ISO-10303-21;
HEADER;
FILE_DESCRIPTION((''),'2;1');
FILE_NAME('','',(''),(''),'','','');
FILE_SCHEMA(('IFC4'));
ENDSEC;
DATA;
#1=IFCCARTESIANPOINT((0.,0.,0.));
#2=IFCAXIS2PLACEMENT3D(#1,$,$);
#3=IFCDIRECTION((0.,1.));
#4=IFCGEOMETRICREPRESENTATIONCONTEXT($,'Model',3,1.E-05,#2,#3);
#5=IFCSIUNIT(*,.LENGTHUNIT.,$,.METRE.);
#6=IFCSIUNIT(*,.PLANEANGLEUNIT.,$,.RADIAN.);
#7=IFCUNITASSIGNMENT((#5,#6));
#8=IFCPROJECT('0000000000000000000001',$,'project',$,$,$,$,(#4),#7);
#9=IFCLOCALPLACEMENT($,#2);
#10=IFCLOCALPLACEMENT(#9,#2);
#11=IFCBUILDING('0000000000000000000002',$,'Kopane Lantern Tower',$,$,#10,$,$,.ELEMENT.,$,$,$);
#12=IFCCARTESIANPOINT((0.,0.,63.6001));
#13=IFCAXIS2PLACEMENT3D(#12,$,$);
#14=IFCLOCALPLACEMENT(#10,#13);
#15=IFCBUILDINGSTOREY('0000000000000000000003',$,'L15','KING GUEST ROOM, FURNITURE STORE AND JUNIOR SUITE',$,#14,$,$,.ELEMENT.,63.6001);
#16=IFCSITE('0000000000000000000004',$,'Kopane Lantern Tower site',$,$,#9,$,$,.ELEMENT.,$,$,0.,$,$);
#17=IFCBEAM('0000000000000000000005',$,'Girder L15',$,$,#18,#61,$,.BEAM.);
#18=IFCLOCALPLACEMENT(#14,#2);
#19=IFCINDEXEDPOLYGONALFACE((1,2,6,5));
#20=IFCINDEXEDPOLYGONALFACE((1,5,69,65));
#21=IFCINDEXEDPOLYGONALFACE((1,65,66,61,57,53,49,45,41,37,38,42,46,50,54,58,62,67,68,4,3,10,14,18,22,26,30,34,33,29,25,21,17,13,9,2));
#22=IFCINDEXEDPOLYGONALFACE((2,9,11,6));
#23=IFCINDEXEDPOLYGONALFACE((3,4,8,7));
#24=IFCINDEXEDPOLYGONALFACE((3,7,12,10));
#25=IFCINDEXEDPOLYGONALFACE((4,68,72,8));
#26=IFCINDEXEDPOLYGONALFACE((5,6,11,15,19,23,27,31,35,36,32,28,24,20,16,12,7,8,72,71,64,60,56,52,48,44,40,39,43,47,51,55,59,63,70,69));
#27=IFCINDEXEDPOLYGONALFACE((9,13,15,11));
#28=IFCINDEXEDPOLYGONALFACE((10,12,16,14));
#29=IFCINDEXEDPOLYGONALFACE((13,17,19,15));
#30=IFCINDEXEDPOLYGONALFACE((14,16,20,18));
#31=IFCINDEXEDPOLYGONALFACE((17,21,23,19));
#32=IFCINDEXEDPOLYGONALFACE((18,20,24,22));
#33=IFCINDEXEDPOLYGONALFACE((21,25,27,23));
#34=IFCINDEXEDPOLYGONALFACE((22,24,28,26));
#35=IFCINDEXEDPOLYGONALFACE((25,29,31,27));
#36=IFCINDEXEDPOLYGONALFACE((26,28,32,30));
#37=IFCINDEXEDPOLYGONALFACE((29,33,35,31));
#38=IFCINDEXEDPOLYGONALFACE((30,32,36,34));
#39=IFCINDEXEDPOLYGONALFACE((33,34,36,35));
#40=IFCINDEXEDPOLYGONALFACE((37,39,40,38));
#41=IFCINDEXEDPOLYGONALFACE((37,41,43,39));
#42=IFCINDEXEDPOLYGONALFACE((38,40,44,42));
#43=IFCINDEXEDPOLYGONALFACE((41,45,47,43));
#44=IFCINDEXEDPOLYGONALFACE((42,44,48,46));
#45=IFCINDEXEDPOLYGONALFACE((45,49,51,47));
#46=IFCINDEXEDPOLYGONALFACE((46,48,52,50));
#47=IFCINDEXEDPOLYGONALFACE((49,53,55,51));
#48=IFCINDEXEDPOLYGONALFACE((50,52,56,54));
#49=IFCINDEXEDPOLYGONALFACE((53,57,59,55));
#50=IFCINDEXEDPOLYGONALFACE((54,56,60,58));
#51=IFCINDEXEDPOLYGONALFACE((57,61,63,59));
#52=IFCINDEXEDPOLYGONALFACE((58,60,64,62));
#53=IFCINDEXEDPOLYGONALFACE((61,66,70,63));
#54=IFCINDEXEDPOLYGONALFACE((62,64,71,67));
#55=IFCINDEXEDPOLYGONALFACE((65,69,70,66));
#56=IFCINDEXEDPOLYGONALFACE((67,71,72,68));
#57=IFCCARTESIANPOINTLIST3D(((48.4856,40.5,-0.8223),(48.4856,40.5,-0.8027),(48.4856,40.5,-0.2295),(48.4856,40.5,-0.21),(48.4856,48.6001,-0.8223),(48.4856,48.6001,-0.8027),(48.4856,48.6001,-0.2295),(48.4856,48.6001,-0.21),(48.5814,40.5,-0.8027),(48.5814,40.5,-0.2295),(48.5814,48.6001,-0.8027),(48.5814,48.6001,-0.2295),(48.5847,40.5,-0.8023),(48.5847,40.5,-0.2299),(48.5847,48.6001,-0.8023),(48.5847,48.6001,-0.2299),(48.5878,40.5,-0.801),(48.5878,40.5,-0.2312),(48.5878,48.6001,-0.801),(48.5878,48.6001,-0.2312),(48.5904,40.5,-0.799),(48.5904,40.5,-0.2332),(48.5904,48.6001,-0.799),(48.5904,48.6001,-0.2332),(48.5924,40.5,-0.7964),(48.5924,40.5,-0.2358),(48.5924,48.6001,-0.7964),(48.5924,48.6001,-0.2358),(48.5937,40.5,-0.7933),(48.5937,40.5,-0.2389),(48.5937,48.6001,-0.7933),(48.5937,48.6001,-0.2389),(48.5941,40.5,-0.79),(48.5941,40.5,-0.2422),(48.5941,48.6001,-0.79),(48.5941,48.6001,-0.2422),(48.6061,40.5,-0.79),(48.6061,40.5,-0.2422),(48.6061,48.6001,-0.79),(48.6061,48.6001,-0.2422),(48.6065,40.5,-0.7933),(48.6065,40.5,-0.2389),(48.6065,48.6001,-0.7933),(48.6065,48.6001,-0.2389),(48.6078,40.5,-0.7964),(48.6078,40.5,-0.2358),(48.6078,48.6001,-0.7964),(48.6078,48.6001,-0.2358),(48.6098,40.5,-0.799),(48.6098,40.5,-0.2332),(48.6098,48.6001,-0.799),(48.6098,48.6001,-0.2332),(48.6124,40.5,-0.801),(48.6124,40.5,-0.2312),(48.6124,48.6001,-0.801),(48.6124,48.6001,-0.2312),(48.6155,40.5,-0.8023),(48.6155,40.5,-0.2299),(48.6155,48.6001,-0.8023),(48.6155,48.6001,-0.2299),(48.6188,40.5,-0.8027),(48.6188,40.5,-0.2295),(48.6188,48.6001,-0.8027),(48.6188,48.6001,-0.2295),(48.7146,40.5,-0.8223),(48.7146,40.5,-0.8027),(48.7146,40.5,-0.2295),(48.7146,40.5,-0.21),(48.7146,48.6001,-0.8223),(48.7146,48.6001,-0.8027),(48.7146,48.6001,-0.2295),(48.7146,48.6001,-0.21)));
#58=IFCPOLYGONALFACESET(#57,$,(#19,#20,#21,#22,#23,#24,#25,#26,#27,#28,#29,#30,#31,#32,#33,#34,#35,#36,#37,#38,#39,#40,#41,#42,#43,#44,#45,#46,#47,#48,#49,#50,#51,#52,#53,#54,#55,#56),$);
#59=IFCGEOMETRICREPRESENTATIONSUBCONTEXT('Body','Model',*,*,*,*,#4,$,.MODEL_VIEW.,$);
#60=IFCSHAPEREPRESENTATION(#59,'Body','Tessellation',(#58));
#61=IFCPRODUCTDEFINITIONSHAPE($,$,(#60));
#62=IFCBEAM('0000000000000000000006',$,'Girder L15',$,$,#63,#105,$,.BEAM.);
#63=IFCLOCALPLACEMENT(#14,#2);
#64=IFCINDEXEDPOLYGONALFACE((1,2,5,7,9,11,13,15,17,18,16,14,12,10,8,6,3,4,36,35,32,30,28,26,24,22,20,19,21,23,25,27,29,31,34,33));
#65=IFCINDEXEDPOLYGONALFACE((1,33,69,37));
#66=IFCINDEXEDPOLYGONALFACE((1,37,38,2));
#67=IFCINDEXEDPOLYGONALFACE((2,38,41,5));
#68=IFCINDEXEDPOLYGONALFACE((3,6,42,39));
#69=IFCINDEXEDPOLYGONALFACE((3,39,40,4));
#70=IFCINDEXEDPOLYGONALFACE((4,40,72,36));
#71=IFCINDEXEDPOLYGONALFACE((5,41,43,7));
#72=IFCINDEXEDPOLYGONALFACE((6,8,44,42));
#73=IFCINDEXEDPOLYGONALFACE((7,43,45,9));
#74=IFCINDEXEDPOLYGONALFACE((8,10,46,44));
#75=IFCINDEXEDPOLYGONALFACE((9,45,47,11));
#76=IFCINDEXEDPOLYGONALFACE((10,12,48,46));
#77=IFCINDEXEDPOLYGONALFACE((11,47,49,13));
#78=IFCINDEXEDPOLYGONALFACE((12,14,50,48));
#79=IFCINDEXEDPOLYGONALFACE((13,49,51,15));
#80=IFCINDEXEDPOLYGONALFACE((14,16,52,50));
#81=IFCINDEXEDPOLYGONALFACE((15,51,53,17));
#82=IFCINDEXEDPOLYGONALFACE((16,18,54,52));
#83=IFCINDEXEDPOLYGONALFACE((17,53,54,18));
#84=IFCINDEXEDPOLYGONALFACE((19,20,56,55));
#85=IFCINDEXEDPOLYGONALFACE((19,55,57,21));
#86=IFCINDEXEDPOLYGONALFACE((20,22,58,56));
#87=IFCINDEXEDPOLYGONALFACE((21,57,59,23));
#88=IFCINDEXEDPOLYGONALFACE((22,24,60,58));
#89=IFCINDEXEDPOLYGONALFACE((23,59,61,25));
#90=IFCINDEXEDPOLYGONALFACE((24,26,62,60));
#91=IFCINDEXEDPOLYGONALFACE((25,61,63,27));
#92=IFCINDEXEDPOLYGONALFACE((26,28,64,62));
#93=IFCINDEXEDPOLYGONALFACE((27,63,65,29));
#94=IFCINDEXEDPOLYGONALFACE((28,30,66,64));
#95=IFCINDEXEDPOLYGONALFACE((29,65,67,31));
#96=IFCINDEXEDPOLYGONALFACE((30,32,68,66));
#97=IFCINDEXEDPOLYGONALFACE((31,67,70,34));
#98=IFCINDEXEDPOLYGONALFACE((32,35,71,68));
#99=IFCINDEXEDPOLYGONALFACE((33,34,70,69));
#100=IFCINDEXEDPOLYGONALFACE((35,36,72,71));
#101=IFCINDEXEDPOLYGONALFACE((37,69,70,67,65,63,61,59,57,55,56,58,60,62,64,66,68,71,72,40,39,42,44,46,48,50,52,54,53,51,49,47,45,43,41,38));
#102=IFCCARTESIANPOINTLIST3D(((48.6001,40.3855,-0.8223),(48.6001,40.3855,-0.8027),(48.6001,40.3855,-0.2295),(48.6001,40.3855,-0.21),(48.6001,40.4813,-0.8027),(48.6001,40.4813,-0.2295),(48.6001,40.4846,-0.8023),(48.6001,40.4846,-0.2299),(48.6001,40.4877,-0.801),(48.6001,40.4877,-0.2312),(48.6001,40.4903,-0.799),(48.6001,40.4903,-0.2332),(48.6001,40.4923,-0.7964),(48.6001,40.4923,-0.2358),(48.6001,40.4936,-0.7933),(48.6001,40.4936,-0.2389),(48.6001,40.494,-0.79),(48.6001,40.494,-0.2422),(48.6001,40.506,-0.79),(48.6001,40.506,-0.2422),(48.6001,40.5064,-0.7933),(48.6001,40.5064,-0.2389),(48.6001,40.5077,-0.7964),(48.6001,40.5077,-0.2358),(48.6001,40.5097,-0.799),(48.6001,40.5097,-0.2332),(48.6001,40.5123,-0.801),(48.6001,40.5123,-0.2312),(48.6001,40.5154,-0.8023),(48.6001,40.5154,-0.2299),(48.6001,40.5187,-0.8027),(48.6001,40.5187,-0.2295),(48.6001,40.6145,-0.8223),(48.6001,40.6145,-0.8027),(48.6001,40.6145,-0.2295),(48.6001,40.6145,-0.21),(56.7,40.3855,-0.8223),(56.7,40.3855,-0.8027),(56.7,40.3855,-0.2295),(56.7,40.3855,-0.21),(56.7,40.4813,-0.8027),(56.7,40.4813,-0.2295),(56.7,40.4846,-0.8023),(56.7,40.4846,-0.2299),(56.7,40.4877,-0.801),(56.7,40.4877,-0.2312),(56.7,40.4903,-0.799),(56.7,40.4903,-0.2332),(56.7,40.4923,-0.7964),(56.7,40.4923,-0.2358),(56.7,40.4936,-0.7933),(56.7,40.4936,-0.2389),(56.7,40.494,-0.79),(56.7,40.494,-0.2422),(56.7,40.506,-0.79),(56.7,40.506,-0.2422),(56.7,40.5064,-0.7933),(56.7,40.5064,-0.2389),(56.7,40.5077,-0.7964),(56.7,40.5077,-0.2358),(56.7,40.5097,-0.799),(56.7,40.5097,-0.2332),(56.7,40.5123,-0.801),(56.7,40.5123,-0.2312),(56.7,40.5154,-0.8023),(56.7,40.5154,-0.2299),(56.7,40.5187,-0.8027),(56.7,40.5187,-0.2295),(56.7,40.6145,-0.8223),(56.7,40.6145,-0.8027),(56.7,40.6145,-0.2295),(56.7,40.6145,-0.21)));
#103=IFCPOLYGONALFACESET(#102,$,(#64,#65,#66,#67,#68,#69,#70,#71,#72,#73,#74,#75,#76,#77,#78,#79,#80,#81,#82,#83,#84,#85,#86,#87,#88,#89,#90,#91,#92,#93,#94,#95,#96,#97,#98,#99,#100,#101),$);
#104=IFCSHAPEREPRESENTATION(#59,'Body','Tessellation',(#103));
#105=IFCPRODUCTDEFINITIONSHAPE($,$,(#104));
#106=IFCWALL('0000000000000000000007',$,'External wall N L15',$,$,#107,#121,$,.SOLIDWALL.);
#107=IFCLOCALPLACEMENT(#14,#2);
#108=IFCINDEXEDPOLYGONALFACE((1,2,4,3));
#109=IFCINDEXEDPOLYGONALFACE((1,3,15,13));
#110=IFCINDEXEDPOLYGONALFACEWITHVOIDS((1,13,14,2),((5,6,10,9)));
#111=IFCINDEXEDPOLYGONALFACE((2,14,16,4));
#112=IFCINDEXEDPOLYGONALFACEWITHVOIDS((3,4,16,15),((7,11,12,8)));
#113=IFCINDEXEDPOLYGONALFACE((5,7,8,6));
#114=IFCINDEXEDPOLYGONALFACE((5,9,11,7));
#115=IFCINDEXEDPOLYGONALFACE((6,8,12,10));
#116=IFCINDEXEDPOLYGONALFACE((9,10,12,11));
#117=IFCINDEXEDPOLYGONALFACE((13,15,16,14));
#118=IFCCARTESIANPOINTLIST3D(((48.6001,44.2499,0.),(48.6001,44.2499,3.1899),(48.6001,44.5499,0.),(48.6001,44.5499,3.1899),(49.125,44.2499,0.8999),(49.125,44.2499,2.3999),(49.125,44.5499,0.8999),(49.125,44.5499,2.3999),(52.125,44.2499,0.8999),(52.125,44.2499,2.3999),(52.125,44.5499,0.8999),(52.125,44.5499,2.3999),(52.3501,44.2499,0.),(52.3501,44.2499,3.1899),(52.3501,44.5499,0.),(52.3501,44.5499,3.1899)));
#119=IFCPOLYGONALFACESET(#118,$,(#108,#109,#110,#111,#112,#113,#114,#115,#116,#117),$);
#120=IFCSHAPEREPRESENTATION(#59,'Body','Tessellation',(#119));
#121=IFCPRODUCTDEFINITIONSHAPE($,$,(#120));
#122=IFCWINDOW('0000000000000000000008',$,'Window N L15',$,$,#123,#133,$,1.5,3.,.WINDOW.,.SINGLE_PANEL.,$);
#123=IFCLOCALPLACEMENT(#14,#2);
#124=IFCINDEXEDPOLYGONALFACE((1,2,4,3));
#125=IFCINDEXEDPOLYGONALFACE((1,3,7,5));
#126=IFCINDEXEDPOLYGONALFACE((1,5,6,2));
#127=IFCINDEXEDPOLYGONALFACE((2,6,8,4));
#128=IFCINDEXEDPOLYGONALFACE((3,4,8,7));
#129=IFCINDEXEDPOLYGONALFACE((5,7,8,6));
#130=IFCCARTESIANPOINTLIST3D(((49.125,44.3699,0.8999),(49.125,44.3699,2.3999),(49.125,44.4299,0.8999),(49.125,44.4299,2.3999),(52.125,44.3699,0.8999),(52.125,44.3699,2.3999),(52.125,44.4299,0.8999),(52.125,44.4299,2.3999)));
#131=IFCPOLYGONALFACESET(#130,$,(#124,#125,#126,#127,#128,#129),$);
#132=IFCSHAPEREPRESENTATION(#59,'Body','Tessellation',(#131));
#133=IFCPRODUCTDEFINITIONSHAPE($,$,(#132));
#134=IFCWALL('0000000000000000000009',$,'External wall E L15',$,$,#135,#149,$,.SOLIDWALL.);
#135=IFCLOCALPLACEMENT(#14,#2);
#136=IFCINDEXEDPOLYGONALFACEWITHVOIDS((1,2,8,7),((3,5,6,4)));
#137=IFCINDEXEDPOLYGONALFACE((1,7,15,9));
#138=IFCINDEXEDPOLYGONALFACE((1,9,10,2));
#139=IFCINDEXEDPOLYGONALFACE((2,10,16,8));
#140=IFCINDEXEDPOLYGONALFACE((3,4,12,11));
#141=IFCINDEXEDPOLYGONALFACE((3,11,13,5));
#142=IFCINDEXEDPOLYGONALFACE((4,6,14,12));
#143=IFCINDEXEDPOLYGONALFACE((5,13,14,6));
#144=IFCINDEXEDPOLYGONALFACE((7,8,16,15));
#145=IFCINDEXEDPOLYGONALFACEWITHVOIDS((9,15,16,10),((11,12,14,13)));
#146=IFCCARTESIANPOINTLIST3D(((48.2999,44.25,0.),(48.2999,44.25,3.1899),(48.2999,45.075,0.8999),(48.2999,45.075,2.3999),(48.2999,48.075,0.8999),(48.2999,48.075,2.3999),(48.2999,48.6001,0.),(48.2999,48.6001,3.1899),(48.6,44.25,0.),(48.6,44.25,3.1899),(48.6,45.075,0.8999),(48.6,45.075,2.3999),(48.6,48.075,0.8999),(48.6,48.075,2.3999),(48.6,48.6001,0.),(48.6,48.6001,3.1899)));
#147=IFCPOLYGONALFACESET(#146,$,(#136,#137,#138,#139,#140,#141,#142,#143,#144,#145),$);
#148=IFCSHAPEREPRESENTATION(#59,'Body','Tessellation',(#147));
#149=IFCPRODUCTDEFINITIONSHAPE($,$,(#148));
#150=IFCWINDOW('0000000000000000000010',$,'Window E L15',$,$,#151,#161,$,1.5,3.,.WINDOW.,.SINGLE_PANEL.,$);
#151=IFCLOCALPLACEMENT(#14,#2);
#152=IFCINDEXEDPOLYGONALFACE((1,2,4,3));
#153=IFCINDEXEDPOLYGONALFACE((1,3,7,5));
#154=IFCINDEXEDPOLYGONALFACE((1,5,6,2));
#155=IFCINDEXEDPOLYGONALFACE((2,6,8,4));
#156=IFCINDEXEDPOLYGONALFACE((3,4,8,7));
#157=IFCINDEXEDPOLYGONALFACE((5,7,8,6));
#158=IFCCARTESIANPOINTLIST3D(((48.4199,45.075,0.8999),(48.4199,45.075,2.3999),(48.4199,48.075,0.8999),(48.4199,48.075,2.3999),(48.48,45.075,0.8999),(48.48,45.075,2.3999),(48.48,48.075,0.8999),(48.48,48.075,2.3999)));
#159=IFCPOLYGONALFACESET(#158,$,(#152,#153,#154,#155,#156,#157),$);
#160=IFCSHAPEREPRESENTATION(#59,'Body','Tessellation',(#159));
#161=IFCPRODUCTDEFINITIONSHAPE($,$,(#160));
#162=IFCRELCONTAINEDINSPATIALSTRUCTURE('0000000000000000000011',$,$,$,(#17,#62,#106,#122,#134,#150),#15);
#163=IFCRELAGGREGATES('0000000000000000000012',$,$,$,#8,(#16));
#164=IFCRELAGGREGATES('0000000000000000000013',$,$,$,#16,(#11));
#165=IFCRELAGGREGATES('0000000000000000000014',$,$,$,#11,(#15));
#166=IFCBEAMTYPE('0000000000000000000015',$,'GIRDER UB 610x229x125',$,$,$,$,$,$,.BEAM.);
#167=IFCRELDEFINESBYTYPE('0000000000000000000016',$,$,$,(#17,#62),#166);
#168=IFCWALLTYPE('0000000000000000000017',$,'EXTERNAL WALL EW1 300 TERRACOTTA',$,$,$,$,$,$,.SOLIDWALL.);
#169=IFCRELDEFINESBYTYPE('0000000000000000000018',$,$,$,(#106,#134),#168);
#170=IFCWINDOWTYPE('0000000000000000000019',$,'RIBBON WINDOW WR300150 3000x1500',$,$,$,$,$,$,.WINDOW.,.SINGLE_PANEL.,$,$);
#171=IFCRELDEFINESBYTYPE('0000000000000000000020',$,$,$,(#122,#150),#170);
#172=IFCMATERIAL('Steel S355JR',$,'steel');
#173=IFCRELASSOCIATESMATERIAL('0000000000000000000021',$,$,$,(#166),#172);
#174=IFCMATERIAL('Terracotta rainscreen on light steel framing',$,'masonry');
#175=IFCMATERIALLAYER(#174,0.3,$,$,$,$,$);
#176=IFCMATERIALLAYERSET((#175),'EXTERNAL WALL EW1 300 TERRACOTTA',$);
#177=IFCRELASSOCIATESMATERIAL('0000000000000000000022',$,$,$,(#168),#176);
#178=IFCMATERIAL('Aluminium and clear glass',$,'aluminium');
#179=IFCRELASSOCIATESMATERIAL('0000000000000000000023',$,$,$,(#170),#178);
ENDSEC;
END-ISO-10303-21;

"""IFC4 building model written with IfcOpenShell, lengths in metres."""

from ifc_helpers import new_model, si_unit, direction, frame, frame_2d, origin, origin_2d, place, context, subcontext, project, spatial, rectangle, i_section, extrude, material, layer, layer_set, material_profile, profile_set, type_object, element, fill, save


model = new_model("IFC4")

# Units and contexts
model_context = context("Model", 3, precision=1e-05, world=origin(), true_north=direction((0.0, 1.0)))
body_context = subcontext(model_context, "Body", "Model", "MODEL_VIEW")
ifc_project = project(units=[si_unit("LENGTHUNIT", "METRE"), si_unit("PLANEANGLEUNIT", "RADIAN")], contexts=[model_context])

# Site, building, storey
site_placement = place(None, origin())
site = spatial("IfcSite", under=ifc_project, at=site_placement, Name="Kopane Lantern Tower site", CompositionType="ELEMENT", RefElevation=0.0)
building_placement = place(site_placement, origin())
building = spatial("IfcBuilding", under=site, at=building_placement, Name="Kopane Lantern Tower", CompositionType="ELEMENT")
storey_placement = place(building_placement, frame((0.0, 0.0, 63.6001)))
storey = spatial("IfcBuildingStorey", under=building, at=storey_placement, Name="L15", Description="KING GUEST ROOM, FURNITURE STORE AND JUNIOR SUITE", CompositionType="ELEMENT", Elevation=63.6001)

# Beams
ifc_material_1 = material(Name="Steel S355JR", Category="steel")
ifc_material_profile_1 = material_profile(ifc_material_1, i_section(OverallWidth=0.229, OverallDepth=0.6123, WebThickness=0.012, FlangeThickness=0.0195, FilletRadius=0.0127, at=origin_2d()), Name="UB 610x229x125")
ifc_profile_set_1 = profile_set([ifc_material_profile_1], Name="Steel S355JR")
beam_type_1 = type_object("IfcBeamType", Name="GIRDER UB 610x229x125", PredefinedType="BEAM", material=ifc_profile_set_1)
beam_1_placement = place(storey_placement, frame((48.6001, 40.5, -0.5161), z_axis=(0.0, 1.0, 0.0), x_axis=(-1.0, 0.0, 0.0)))
element("IfcBeam", 1, at=beam_1_placement, inside=storey, type_object=beam_type_1, Name="Girder L15", PredefinedType="BEAM", context=body_context, shape_type="SweptSolid", body=[
    extrude(i_section(OverallWidth=0.229, OverallDepth=0.6123, WebThickness=0.012, FlangeThickness=0.0195, FilletRadius=0.0127, at=origin_2d()), origin(), (0.0, 0.0, 1.0), 8.1001),
])
beam_2_placement = place(storey_placement, frame((48.6001, 40.5, -0.5161), z_axis=(1.0, 0.0, 0.0), x_axis=(0.0, 1.0, 0.0)))
element("IfcBeam", 2, at=beam_2_placement, inside=storey, type_object=beam_type_1, Name="Girder L15", PredefinedType="BEAM", context=body_context, shape_type="SweptSolid", body=[
    extrude(i_section(OverallWidth=0.229, OverallDepth=0.6123, WebThickness=0.012, FlangeThickness=0.0195, FilletRadius=0.0127, at=origin_2d()), origin(), (0.0, 0.0, 1.0), 8.0999),
])

# Walls, openings, windows
ifc_material_2 = material(Name="Terracotta rainscreen on light steel framing", Category="masonry")
ifc_layer = layer(ifc_material_2, 0.3)
ifc_layer_set = layer_set([ifc_layer], Name="EXTERNAL WALL EW1 300 TERRACOTTA")
wall_type = type_object("IfcWallType", Name="EXTERNAL WALL EW1 300 TERRACOTTA", PredefinedType="SOLIDWALL", material=ifc_layer_set)
wall_1_placement = place(storey_placement, frame((52.3501, 44.3999, 0.0), z_axis=(0.0, 0.0, 1.0), x_axis=(-1.0, 0.0, 0.0)))
wall_1 = element("IfcWall", 3, at=wall_1_placement, inside=storey, type_object=wall_type, Name="External wall N L15", PredefinedType="SOLIDWALL", context=body_context, shape_type="SweptSolid", body=[
    extrude(rectangle(XDim=3.75, YDim=0.3, at=frame_2d((1.875, 0.0))), origin(), (0.0, 0.0, 1.0), 3.1899),
])
opening_1_placement = place(wall_1_placement, frame((0.2251, 0.0, 0.8999)))
opening_1 = element("IfcOpeningElement", 4, at=opening_1_placement, cuts=wall_1, PredefinedType="OPENING", context=body_context, shape_type="SweptSolid", body=[
    extrude(rectangle(XDim=3.0, YDim=1.5, at=frame_2d((1.5, 0.75))), frame((0.0, 0.1599, 0.0), z_axis=(0.0, -1.0, 0.0), x_axis=(1.0, 0.0, 0.0)), (0.0, 0.0, 1.0), 0.3201),
])
ifc_material_3 = material(Name="Aluminium and clear glass", Category="aluminium")
window_type_1 = type_object("IfcWindowType", Name="RIBBON WINDOW WR300150 3000x1500", PartitioningType="SINGLE_PANEL", PredefinedType="WINDOW", material=ifc_material_3)
window_1_placement = place(opening_1_placement, origin())
window_1 = element("IfcWindow", 5, at=window_1_placement, inside=storey, type_object=window_type_1, Name="Window N L15", OverallHeight=1.5, OverallWidth=3.0, PartitioningType="SINGLE_PANEL", PredefinedType="WINDOW", context=body_context, shape_type="SweptSolid", body=[
    extrude(rectangle(XDim=3.0, YDim=1.5, at=frame_2d((1.5, 0.75))), frame((0.0, 0.03, 0.0), z_axis=(0.0, -1.0, 0.0), x_axis=(1.0, 0.0, 0.0)), (0.0, 0.0, 1.0), 0.0601),
])
fill(opening_1, window_1)
wall_2_placement = place(storey_placement, frame((48.45, 44.25, 0.0), z_axis=(0.0, 0.0, 1.0), x_axis=(0.0, 1.0, 0.0)))
wall_2 = element("IfcWall", 6, at=wall_2_placement, inside=storey, type_object=wall_type, Name="External wall E L15", PredefinedType="SOLIDWALL", context=body_context, shape_type="SweptSolid", body=[
    extrude(rectangle(XDim=4.3501, YDim=0.3, at=frame_2d((2.175, 0.0))), origin(), (0.0, 0.0, 1.0), 3.1899),
])
opening_2_placement = place(wall_2_placement, frame((0.825, 0.0, 0.8999)))
opening_2 = element("IfcOpeningElement", 7, at=opening_2_placement, cuts=wall_2, PredefinedType="OPENING", context=body_context, shape_type="SweptSolid", body=[
    extrude(rectangle(XDim=3.0, YDim=1.5, at=frame_2d((1.5, 0.75))), frame((0.0, 0.1599, 0.0), z_axis=(0.0, -1.0, 0.0), x_axis=(1.0, 0.0, 0.0)), (0.0, 0.0, 1.0), 0.3201),
])
window_2_placement = place(opening_2_placement, origin())
window_2 = element("IfcWindow", 8, at=window_2_placement, inside=storey, type_object=window_type_1, Name="Window E L15", OverallHeight=1.5, OverallWidth=3.0, PartitioningType="SINGLE_PANEL", PredefinedType="WINDOW", context=body_context, shape_type="SweptSolid", body=[
    extrude(rectangle(XDim=3.0, YDim=1.5, at=frame_2d((1.5, 0.75))), frame((0.0, 0.03, 0.0), z_axis=(0.0, -1.0, 0.0), x_axis=(1.0, 0.0, 0.0)), (0.0, 0.0, 1.0), 0.0601),
])
fill(opening_2, window_2)

save(model, "model.ifc")
